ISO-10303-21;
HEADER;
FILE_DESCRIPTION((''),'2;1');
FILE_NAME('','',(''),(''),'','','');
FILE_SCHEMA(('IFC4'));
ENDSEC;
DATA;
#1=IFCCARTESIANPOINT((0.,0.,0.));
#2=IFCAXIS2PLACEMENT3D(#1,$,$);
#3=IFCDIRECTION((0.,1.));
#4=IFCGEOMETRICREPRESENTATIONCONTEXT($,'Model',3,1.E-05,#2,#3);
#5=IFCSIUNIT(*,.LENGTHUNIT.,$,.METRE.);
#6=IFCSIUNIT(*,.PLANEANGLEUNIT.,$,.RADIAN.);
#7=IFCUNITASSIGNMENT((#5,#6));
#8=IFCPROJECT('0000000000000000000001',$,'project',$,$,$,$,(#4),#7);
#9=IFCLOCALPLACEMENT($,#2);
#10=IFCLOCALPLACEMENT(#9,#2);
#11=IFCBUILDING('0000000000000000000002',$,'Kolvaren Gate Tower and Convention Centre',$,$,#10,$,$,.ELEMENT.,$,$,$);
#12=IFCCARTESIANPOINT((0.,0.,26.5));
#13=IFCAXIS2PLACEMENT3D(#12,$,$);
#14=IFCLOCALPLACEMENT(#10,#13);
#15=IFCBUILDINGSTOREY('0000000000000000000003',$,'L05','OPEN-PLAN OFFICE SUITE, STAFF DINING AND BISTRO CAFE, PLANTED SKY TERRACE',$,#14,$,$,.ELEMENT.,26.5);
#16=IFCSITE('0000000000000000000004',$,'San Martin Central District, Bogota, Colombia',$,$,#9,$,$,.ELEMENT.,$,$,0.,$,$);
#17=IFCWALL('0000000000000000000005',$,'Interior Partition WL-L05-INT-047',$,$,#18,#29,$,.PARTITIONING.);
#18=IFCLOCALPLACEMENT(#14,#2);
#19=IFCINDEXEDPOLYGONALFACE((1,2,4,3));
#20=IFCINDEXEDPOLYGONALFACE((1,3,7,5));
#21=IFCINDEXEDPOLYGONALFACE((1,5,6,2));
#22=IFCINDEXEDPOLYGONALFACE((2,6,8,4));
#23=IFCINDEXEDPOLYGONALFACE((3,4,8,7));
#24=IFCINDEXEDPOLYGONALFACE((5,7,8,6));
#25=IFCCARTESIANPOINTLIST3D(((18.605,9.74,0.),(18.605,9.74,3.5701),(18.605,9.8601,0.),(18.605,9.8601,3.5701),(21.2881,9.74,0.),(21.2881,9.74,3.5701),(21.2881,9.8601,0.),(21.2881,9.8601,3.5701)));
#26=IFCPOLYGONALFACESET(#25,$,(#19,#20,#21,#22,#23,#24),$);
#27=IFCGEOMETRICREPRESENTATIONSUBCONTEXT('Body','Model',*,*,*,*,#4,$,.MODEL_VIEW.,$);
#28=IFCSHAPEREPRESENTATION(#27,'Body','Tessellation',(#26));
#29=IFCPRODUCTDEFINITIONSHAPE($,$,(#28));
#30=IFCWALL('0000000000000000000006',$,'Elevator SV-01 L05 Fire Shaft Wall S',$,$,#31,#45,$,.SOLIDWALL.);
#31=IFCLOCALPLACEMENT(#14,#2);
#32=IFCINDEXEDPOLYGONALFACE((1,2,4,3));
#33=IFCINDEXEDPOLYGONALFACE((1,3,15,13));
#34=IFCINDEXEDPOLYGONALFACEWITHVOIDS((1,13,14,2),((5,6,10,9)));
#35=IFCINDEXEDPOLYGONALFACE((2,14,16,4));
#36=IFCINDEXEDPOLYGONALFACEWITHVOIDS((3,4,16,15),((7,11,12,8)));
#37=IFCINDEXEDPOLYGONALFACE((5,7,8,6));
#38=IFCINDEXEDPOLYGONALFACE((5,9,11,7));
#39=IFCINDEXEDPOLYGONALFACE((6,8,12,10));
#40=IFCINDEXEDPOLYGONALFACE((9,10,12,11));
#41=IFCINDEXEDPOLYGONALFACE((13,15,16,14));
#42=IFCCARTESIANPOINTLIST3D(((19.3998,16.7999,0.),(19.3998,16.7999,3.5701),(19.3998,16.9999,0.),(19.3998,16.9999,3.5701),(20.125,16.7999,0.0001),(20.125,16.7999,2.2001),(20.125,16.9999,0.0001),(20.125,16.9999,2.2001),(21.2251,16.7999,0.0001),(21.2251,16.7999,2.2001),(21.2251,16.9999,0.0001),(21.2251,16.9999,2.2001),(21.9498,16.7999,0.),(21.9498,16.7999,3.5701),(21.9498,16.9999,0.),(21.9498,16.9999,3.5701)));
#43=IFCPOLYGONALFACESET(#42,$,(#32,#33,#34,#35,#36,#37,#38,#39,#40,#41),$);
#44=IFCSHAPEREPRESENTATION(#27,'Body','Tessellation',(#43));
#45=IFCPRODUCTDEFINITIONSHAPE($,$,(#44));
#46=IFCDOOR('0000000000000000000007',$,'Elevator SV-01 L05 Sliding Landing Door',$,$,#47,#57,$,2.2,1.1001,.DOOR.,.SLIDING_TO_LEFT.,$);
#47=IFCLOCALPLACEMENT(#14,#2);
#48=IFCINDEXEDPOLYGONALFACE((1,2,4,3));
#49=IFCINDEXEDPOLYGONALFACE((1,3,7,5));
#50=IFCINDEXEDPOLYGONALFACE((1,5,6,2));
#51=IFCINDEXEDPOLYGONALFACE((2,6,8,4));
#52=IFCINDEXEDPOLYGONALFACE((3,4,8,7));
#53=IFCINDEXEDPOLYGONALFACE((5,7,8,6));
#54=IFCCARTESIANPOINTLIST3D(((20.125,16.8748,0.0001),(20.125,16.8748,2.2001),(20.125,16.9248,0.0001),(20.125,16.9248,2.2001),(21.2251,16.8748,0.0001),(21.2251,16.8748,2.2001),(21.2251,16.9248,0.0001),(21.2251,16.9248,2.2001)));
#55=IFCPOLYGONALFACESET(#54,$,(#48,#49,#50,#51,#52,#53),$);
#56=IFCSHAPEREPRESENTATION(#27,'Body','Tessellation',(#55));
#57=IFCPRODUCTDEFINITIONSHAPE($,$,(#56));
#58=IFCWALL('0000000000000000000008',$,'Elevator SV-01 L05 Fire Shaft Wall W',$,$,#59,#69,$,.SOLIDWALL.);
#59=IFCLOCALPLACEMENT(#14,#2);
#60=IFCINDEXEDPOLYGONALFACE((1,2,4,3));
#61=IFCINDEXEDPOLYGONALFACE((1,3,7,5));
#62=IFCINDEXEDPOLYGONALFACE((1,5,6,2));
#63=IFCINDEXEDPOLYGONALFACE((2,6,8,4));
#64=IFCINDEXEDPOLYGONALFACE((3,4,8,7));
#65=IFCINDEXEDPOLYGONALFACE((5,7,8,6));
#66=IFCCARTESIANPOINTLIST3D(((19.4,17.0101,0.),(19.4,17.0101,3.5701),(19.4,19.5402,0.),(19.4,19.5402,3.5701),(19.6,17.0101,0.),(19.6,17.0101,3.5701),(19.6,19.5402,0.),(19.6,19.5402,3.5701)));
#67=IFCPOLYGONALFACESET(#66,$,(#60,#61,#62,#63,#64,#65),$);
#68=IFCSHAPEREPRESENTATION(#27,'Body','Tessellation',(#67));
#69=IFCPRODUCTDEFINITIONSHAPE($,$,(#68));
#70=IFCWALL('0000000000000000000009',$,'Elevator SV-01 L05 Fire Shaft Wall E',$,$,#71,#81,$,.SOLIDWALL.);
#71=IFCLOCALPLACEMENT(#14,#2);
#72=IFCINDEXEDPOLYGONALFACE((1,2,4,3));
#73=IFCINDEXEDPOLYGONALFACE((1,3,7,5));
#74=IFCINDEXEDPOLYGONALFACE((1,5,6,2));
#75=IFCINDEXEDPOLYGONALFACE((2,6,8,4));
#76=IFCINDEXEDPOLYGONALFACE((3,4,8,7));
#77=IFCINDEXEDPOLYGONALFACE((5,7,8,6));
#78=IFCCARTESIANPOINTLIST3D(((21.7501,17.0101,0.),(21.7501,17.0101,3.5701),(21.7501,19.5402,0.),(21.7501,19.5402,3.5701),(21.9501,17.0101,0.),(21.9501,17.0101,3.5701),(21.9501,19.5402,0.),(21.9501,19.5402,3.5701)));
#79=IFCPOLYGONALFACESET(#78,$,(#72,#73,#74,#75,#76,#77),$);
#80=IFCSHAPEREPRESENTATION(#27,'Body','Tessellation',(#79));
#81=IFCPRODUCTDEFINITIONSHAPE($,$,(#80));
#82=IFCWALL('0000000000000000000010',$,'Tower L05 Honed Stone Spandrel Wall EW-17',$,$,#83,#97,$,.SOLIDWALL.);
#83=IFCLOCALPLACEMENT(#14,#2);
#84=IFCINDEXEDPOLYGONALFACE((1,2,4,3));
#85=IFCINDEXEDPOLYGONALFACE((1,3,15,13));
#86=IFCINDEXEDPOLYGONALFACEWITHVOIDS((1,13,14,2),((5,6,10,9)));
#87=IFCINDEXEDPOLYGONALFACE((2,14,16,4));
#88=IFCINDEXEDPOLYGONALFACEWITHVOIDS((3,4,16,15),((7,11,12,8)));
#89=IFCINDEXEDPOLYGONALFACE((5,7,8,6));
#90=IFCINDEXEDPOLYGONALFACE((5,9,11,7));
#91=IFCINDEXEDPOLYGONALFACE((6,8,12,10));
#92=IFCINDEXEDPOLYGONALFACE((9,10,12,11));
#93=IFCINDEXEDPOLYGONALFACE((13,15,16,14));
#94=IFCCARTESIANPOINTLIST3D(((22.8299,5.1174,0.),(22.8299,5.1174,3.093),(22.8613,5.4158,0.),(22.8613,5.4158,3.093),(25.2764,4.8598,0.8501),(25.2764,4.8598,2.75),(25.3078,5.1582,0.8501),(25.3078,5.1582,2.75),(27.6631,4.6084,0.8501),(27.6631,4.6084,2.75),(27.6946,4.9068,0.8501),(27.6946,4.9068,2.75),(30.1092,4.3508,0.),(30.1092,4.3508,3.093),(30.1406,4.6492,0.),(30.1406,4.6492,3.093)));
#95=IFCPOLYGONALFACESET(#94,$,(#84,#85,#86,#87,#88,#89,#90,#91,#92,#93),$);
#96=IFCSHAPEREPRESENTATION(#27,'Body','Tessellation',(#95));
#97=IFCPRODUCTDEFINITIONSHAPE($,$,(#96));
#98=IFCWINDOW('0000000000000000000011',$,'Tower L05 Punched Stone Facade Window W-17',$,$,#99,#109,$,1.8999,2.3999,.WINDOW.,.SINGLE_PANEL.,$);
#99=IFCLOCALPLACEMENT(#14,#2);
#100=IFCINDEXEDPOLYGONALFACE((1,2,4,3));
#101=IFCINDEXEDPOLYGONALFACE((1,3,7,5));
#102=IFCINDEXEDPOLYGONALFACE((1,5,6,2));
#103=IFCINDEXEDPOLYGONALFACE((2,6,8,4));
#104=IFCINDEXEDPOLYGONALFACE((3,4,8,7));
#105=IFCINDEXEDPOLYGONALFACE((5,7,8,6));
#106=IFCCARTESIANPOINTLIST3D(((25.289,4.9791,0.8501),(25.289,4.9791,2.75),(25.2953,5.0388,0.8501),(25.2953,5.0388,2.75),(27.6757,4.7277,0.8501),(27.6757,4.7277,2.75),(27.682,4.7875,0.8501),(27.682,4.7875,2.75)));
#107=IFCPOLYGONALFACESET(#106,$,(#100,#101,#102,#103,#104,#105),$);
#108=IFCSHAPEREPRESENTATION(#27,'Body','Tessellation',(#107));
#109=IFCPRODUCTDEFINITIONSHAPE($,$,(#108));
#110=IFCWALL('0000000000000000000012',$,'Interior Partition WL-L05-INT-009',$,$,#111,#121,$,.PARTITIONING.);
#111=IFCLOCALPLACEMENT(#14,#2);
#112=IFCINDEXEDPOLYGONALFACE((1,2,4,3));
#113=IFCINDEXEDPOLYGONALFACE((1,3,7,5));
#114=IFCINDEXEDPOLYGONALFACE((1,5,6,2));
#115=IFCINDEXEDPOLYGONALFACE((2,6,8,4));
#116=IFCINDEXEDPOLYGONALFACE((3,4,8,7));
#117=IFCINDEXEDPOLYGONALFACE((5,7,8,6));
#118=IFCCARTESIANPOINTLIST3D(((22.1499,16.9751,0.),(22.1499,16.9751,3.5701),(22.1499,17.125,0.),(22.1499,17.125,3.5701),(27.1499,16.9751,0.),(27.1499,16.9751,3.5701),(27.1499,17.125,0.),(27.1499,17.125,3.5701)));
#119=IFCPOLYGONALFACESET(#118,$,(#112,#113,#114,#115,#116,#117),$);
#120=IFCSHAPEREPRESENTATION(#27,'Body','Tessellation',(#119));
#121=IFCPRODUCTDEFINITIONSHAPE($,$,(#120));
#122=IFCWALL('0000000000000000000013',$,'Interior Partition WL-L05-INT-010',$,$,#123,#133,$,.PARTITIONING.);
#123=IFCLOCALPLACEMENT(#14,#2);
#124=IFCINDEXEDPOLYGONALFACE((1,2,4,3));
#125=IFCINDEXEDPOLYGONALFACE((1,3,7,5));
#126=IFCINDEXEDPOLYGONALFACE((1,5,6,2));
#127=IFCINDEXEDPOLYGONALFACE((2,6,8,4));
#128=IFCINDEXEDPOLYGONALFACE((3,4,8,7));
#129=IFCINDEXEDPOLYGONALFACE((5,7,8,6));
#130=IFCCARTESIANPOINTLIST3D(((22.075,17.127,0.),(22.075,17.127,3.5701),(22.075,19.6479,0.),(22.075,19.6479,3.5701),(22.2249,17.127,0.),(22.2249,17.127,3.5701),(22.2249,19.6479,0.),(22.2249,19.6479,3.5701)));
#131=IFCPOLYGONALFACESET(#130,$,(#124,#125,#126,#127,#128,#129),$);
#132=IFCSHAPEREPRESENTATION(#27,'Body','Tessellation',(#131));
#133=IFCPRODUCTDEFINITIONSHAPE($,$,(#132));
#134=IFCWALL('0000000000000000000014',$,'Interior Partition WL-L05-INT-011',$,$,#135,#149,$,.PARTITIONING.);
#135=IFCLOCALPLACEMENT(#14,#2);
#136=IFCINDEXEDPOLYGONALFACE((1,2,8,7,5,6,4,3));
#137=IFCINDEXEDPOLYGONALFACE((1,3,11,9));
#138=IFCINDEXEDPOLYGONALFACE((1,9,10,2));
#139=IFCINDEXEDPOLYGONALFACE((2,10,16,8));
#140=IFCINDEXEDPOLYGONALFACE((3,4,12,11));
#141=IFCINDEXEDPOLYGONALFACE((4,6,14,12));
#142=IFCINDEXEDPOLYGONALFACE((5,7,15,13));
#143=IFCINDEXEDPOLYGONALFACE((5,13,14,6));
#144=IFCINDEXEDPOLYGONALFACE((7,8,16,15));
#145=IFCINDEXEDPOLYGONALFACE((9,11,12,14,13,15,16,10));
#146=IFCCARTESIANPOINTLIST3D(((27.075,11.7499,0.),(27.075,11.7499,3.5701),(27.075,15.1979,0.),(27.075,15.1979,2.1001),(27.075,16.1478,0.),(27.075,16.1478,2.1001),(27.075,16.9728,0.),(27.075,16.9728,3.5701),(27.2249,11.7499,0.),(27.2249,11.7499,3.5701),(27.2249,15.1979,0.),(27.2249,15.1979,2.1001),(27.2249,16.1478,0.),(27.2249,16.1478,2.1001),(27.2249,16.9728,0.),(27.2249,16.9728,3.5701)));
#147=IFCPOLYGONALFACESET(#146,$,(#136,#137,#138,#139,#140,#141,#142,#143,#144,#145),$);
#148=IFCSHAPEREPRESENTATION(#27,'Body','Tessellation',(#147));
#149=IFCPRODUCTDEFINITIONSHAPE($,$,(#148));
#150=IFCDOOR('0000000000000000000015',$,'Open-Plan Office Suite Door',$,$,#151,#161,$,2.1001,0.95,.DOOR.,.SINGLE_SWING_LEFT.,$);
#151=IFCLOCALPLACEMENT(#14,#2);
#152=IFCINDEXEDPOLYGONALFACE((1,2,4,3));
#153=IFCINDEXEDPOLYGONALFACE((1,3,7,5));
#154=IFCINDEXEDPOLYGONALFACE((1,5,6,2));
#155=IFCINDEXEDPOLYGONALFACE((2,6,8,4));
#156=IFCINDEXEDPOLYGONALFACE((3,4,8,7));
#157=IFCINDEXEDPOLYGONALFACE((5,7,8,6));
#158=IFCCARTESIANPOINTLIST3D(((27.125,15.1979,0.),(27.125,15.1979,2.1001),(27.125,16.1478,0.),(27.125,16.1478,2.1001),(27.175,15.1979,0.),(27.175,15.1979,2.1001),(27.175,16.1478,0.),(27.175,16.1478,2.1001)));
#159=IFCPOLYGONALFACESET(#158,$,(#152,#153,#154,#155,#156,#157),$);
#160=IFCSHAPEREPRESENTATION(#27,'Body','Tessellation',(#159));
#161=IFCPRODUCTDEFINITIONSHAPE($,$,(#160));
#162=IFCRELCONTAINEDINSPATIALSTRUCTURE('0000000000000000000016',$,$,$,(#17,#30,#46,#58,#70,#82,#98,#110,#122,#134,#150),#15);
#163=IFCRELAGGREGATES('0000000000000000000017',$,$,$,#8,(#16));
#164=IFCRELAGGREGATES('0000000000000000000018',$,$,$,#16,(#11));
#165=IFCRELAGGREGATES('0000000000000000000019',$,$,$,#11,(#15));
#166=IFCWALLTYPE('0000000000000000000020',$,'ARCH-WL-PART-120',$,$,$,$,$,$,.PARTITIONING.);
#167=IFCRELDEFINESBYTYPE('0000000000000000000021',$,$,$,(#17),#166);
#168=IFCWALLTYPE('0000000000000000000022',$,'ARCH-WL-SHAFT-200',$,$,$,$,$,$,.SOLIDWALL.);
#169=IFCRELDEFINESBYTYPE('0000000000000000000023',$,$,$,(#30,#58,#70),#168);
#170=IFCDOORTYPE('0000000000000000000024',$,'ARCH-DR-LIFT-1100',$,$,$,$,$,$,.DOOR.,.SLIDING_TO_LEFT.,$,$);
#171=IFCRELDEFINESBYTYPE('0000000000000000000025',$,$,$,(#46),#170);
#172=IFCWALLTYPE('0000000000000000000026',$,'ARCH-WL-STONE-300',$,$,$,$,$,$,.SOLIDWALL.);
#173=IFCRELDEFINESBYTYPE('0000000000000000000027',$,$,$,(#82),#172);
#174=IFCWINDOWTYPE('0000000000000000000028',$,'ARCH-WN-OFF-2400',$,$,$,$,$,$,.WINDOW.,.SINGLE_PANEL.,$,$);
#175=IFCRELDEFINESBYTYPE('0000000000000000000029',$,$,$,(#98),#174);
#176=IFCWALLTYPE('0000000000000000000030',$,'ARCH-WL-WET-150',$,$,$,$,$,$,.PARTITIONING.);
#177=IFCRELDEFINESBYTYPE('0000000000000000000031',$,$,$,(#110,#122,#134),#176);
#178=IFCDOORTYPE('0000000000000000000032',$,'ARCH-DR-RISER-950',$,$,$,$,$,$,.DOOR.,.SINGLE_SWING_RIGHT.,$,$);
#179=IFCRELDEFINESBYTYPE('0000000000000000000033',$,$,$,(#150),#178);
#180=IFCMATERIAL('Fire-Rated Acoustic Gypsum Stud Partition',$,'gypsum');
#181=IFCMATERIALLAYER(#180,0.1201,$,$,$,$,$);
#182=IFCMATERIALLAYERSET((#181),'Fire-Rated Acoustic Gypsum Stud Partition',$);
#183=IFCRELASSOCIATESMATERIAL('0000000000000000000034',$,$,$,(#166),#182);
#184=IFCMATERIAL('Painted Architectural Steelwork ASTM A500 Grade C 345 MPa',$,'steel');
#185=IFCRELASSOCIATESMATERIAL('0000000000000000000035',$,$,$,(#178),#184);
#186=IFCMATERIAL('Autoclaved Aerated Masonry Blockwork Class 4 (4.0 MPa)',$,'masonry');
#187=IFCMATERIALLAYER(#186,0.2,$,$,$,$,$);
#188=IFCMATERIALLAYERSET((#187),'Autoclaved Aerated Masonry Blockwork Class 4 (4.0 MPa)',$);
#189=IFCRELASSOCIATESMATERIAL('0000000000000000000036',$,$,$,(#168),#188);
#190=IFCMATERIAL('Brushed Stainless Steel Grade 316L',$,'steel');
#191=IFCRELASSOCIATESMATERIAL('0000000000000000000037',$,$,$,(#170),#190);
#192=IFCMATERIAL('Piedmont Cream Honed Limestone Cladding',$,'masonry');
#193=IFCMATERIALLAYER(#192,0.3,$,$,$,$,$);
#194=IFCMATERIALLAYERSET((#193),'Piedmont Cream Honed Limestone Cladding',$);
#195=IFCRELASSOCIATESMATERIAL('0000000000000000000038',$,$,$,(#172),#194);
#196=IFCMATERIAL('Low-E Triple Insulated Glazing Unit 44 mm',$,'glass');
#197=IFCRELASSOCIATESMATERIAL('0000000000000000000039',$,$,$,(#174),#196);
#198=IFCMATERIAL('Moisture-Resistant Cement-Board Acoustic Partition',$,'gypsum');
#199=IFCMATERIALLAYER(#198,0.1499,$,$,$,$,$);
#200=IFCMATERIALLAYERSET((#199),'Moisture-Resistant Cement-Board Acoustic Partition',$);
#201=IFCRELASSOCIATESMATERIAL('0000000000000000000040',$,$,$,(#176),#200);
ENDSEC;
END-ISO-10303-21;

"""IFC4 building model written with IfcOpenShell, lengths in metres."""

from ifc_helpers import new_model, si_unit, direction, frame, frame_2d, origin, place, context, subcontext, project, spatial, rectangle, extrude, material, layer, layer_set, type_object, element, fill, save


model = new_model("IFC4")

# Units and contexts
model_context = context("Model", 3, precision=1e-05, world=origin(), true_north=direction((0.0, 1.0)))
body_context = subcontext(model_context, "Body", "Model", "MODEL_VIEW")
ifc_project = project(units=[si_unit("LENGTHUNIT", "METRE"), si_unit("PLANEANGLEUNIT", "RADIAN")], contexts=[model_context])

# Site, building, storey
site_placement = place(None, origin())
site = spatial("IfcSite", under=ifc_project, at=site_placement, Name="San Martin Central District, Bogota, Colombia", CompositionType="ELEMENT", RefElevation=0.0)
building_placement = place(site_placement, origin())
building = spatial("IfcBuilding", under=site, at=building_placement, Name="Kolvaren Gate Tower and Convention Centre", CompositionType="ELEMENT")
storey_placement = place(building_placement, frame((0.0, 0.0, 26.5)))
storey = spatial("IfcBuildingStorey", under=building, at=storey_placement, Name="L05", Description="OPEN-PLAN OFFICE SUITE, STAFF DINING AND BISTRO CAFE, PLANTED SKY TERRACE", CompositionType="ELEMENT", Elevation=26.5)

# Shared definitions
ifc_material_1 = material(Name="Fire-Rated Acoustic Gypsum Stud Partition", Category="gypsum")
ifc_layer_1 = layer(ifc_material_1, 0.1201)
ifc_layer_set_1 = layer_set([ifc_layer_1], Name="Fire-Rated Acoustic Gypsum Stud Partition")
wall_type_1 = type_object("IfcWallType", Name="ARCH-WL-PART-120", PredefinedType="PARTITIONING", material=ifc_layer_set_1)

# Shared definitions
ifc_material_2 = material(Name="Painted Architectural Steelwork ASTM A500 Grade C 345 MPa", Category="steel")
door_type_1 = type_object("IfcDoorType", Name="ARCH-DR-RISER-950", OperationType="SINGLE_SWING_RIGHT", PredefinedType="DOOR", material=ifc_material_2)

# Wall
wall_1_placement = place(storey_placement, frame((18.605, 9.8, 0.0), z_axis=(0.0, 0.0, 1.0), x_axis=(1.0, 0.0, 0.0)))
element("IfcWall", 1, at=wall_1_placement, inside=storey, type_object=wall_type_1, Name="Interior Partition WL-L05-INT-047", PredefinedType="PARTITIONING", context=body_context, shape_type="SweptSolid", body=[
    extrude(rectangle(XDim=2.6831, YDim=0.1201, at=frame_2d((1.3416, 0.0))), origin(), (0.0, 0.0, 1.0), 3.5701),
])

# Wall, opening, door
ifc_material_3 = material(Name="Autoclaved Aerated Masonry Blockwork Class 4 (4.0 MPa)", Category="masonry")
ifc_layer_2 = layer(ifc_material_3, 0.2)
ifc_layer_set_2 = layer_set([ifc_layer_2], Name="Autoclaved Aerated Masonry Blockwork Class 4 (4.0 MPa)")
wall_type_2 = type_object("IfcWallType", Name="ARCH-WL-SHAFT-200", PredefinedType="SOLIDWALL", material=ifc_layer_set_2)
wall_2_placement = place(storey_placement, frame((19.3999, 16.8999, 0.0), z_axis=(0.0, 0.0, 1.0), x_axis=(1.0, 0.0, 0.0)))
wall_2 = element("IfcWall", 2, at=wall_2_placement, inside=storey, type_object=wall_type_2, Name="Elevator SV-01 L05 Fire Shaft Wall S", PredefinedType="SOLIDWALL", context=body_context, shape_type="SweptSolid", body=[
    extrude(rectangle(XDim=2.55, YDim=0.2, at=frame_2d((1.2749, 0.0))), origin(), (0.0, 0.0, 1.0), 3.5701),
])
opening_1_placement = place(wall_2_placement, frame((0.7251, 0.0, 0.0)))
opening_1 = element("IfcOpeningElement", 3, at=opening_1_placement, cuts=wall_2, PredefinedType="OPENING", context=body_context, shape_type="SweptSolid", body=[
    extrude(rectangle(XDim=1.1001, YDim=2.2, at=frame_2d((0.55, 1.1001))), frame((0.0, 0.1099, 0.0), z_axis=(0.0, -1.0, 0.0), x_axis=(1.0, 0.0, 0.0)), (0.0, 0.0, 1.0), 0.22),
])
ifc_material_4 = material(Name="Brushed Stainless Steel Grade 316L", Category="steel")
door_type_2 = type_object("IfcDoorType", Name="ARCH-DR-LIFT-1100", OperationType="SLIDING_TO_LEFT", PredefinedType="DOOR", material=ifc_material_4)
door_1_placement = place(opening_1_placement, origin())
door_1 = element("IfcDoor", 4, at=door_1_placement, inside=storey, type_object=door_type_2, Name="Elevator SV-01 L05 Sliding Landing Door", OperationType="SLIDING_TO_LEFT", OverallHeight=2.2, OverallWidth=1.1001, PredefinedType="DOOR", context=body_context, shape_type="SweptSolid", body=[
    extrude(rectangle(XDim=1.1001, YDim=2.2, at=frame_2d((0.55, 1.1001))), frame((0.0, 0.0249, 0.0), z_axis=(0.0, -1.0, 0.0), x_axis=(1.0, 0.0, 0.0)), (0.0, 0.0, 1.0), 0.05),
])
fill(opening_1, door_1)

# Walls
for number, where, z_axis, x_axis, name in (
    (5, (19.5, 17.01, 0.0), (0.0, 0.0, 1.0), (0.0, 1.0, 0.0), "Elevator SV-01 L05 Fire Shaft Wall W"),
    (6, (21.8501, 17.01, 0.0), (0.0, 0.0, 1.0), (0.0, 1.0, 0.0), "Elevator SV-01 L05 Fire Shaft Wall E"),
):
    element("IfcWall", number, at=place(storey_placement, frame(where, z_axis=z_axis, x_axis=x_axis)), inside=storey, type_object=wall_type_2, Name=name, PredefinedType="SOLIDWALL", context=body_context, shape_type="SweptSolid", body=[
        extrude(rectangle(XDim=2.53, YDim=0.2, at=frame_2d((1.2651, 0.0))), origin(), (0.0, 0.0, 1.0), 3.5701),
    ])

# Wall, opening, window
ifc_material_5 = material(Name="Piedmont Cream Honed Limestone Cladding", Category="masonry")
ifc_layer_3 = layer(ifc_material_5, 0.3)
ifc_layer_set_3 = layer_set([ifc_layer_3], Name="Piedmont Cream Honed Limestone Cladding")
wall_type_3 = type_object("IfcWallType", Name="ARCH-WL-STONE-300", PredefinedType="SOLIDWALL", material=ifc_layer_set_3)
wall_3_placement = place(storey_placement, frame((22.8457, 5.2666, 0.0), z_axis=(0.0, 0.0, 1.0), x_axis=(0.9945, -0.104733, 0.0)))
wall_3 = element("IfcWall", 7, at=wall_3_placement, inside=storey, type_object=wall_type_3, Name="Tower L05 Honed Stone Spandrel Wall EW-17", PredefinedType="SOLIDWALL", context=body_context, shape_type="SweptSolid", body=[
    extrude(rectangle(XDim=7.3196, YDim=0.3, at=frame_2d((3.6597, 0.0))), origin(), (0.0, 0.0, 1.0), 3.093),
])
opening_2_placement = place(wall_3_placement, frame((2.46, 0.0, 0.8501)))
opening_2 = element("IfcOpeningElement", 8, at=opening_2_placement, cuts=wall_3, PredefinedType="OPENING", context=body_context, shape_type="SweptSolid", body=[
    extrude(rectangle(XDim=2.3999, YDim=1.8999, at=frame_2d((1.2, 0.95))), frame((0.0, 0.1599, 0.0), z_axis=(0.0, -1.0, 0.0), x_axis=(1.0, 0.0, 0.0)), (0.0, 0.0, 1.0), 0.3201),
])
ifc_material_6 = material(Name="Low-E Triple Insulated Glazing Unit 44 mm", Category="glass")
window_type = type_object("IfcWindowType", Name="ARCH-WN-OFF-2400", PartitioningType="SINGLE_PANEL", PredefinedType="WINDOW", material=ifc_material_6)
window_placement = place(opening_2_placement, origin())
window = element("IfcWindow", 9, at=window_placement, inside=storey, type_object=window_type, Name="Tower L05 Punched Stone Facade Window W-17", OverallHeight=1.8999, OverallWidth=2.3999, PartitioningType="SINGLE_PANEL", PredefinedType="WINDOW", context=body_context, shape_type="SweptSolid", body=[
    extrude(rectangle(XDim=2.3999, YDim=1.8999, at=frame_2d((1.2, 0.95))), frame((0.0, 0.03, 0.0), z_axis=(0.0, -1.0, 0.0), x_axis=(1.0, 0.0, 0.0)), (0.0, 0.0, 1.0), 0.0601),
])
fill(opening_2, window)

# Walls
ifc_material_7 = material(Name="Moisture-Resistant Cement-Board Acoustic Partition", Category="gypsum")
ifc_layer_4 = layer(ifc_material_7, 0.1499)
ifc_layer_set_4 = layer_set([ifc_layer_4], Name="Moisture-Resistant Cement-Board Acoustic Partition")
wall_type_4 = type_object("IfcWallType", Name="ARCH-WL-WET-150", PredefinedType="PARTITIONING", material=ifc_layer_set_4)
wall_4_placement = place(storey_placement, frame((22.1499, 17.05, 0.0), z_axis=(0.0, 0.0, 1.0), x_axis=(1.0, 0.0, 0.0)))
element("IfcWall", 10, at=wall_4_placement, inside=storey, type_object=wall_type_4, Name="Interior Partition WL-L05-INT-009", PredefinedType="PARTITIONING", context=body_context, shape_type="SweptSolid", body=[
    extrude(rectangle(XDim=5.0, YDim=0.1499, at=frame_2d((2.5, 0.0))), origin(), (0.0, 0.0, 1.0), 3.5701),
])
wall_5_placement = place(storey_placement, frame((22.1499, 17.127, 0.0), z_axis=(0.0, 0.0, 1.0), x_axis=(0.0, 1.0, 0.0)))
element("IfcWall", 11, at=wall_5_placement, inside=storey, type_object=wall_type_4, Name="Interior Partition WL-L05-INT-010", PredefinedType="PARTITIONING", context=body_context, shape_type="SweptSolid", body=[
    extrude(rectangle(XDim=2.521, YDim=0.1499, at=frame_2d((1.2605, 0.0))), origin(), (0.0, 0.0, 1.0), 3.5701),
])

# Wall, opening, door
wall_6_placement = place(storey_placement, frame((27.1499, 11.75, 0.0), z_axis=(0.0, 0.0, 1.0), x_axis=(0.0, 1.0, 0.0)))
wall_6 = element("IfcWall", 12, at=wall_6_placement, inside=storey, type_object=wall_type_4, Name="Interior Partition WL-L05-INT-011", PredefinedType="PARTITIONING", context=body_context, shape_type="SweptSolid", body=[
    extrude(rectangle(XDim=5.2229, YDim=0.1499, at=frame_2d((2.6113, 0.0))), origin(), (0.0, 0.0, 1.0), 3.5701),
])
opening_3_placement = place(wall_6_placement, frame((3.4478, 0.0, 0.0)))
opening_3 = element("IfcOpeningElement", 13, at=opening_3_placement, cuts=wall_6, PredefinedType="OPENING", context=body_context, shape_type="SweptSolid", body=[
    extrude(rectangle(XDim=0.95, YDim=2.1001, at=frame_2d((0.4751, 1.05))), frame((0.0, 0.085, 0.0), z_axis=(0.0, -1.0, 0.0), x_axis=(1.0, 0.0, 0.0)), (0.0, 0.0, 1.0), 0.1699),
])
door_2_placement = place(opening_3_placement, origin())
door_2 = element("IfcDoor", 14, at=door_2_placement, inside=storey, type_object=door_type_1, Name="Open-Plan Office Suite Door", OperationType="SINGLE_SWING_LEFT", OverallHeight=2.1001, OverallWidth=0.95, PredefinedType="DOOR", context=body_context, shape_type="SweptSolid", body=[
    extrude(rectangle(XDim=0.95, YDim=2.1001, at=frame_2d((0.4751, 1.05))), frame((0.0, 0.0249, 0.0), z_axis=(0.0, -1.0, 0.0), x_axis=(1.0, 0.0, 0.0)), (0.0, 0.0, 1.0), 0.05),
])
fill(opening_3, door_2)

save(model, "model.ifc")
